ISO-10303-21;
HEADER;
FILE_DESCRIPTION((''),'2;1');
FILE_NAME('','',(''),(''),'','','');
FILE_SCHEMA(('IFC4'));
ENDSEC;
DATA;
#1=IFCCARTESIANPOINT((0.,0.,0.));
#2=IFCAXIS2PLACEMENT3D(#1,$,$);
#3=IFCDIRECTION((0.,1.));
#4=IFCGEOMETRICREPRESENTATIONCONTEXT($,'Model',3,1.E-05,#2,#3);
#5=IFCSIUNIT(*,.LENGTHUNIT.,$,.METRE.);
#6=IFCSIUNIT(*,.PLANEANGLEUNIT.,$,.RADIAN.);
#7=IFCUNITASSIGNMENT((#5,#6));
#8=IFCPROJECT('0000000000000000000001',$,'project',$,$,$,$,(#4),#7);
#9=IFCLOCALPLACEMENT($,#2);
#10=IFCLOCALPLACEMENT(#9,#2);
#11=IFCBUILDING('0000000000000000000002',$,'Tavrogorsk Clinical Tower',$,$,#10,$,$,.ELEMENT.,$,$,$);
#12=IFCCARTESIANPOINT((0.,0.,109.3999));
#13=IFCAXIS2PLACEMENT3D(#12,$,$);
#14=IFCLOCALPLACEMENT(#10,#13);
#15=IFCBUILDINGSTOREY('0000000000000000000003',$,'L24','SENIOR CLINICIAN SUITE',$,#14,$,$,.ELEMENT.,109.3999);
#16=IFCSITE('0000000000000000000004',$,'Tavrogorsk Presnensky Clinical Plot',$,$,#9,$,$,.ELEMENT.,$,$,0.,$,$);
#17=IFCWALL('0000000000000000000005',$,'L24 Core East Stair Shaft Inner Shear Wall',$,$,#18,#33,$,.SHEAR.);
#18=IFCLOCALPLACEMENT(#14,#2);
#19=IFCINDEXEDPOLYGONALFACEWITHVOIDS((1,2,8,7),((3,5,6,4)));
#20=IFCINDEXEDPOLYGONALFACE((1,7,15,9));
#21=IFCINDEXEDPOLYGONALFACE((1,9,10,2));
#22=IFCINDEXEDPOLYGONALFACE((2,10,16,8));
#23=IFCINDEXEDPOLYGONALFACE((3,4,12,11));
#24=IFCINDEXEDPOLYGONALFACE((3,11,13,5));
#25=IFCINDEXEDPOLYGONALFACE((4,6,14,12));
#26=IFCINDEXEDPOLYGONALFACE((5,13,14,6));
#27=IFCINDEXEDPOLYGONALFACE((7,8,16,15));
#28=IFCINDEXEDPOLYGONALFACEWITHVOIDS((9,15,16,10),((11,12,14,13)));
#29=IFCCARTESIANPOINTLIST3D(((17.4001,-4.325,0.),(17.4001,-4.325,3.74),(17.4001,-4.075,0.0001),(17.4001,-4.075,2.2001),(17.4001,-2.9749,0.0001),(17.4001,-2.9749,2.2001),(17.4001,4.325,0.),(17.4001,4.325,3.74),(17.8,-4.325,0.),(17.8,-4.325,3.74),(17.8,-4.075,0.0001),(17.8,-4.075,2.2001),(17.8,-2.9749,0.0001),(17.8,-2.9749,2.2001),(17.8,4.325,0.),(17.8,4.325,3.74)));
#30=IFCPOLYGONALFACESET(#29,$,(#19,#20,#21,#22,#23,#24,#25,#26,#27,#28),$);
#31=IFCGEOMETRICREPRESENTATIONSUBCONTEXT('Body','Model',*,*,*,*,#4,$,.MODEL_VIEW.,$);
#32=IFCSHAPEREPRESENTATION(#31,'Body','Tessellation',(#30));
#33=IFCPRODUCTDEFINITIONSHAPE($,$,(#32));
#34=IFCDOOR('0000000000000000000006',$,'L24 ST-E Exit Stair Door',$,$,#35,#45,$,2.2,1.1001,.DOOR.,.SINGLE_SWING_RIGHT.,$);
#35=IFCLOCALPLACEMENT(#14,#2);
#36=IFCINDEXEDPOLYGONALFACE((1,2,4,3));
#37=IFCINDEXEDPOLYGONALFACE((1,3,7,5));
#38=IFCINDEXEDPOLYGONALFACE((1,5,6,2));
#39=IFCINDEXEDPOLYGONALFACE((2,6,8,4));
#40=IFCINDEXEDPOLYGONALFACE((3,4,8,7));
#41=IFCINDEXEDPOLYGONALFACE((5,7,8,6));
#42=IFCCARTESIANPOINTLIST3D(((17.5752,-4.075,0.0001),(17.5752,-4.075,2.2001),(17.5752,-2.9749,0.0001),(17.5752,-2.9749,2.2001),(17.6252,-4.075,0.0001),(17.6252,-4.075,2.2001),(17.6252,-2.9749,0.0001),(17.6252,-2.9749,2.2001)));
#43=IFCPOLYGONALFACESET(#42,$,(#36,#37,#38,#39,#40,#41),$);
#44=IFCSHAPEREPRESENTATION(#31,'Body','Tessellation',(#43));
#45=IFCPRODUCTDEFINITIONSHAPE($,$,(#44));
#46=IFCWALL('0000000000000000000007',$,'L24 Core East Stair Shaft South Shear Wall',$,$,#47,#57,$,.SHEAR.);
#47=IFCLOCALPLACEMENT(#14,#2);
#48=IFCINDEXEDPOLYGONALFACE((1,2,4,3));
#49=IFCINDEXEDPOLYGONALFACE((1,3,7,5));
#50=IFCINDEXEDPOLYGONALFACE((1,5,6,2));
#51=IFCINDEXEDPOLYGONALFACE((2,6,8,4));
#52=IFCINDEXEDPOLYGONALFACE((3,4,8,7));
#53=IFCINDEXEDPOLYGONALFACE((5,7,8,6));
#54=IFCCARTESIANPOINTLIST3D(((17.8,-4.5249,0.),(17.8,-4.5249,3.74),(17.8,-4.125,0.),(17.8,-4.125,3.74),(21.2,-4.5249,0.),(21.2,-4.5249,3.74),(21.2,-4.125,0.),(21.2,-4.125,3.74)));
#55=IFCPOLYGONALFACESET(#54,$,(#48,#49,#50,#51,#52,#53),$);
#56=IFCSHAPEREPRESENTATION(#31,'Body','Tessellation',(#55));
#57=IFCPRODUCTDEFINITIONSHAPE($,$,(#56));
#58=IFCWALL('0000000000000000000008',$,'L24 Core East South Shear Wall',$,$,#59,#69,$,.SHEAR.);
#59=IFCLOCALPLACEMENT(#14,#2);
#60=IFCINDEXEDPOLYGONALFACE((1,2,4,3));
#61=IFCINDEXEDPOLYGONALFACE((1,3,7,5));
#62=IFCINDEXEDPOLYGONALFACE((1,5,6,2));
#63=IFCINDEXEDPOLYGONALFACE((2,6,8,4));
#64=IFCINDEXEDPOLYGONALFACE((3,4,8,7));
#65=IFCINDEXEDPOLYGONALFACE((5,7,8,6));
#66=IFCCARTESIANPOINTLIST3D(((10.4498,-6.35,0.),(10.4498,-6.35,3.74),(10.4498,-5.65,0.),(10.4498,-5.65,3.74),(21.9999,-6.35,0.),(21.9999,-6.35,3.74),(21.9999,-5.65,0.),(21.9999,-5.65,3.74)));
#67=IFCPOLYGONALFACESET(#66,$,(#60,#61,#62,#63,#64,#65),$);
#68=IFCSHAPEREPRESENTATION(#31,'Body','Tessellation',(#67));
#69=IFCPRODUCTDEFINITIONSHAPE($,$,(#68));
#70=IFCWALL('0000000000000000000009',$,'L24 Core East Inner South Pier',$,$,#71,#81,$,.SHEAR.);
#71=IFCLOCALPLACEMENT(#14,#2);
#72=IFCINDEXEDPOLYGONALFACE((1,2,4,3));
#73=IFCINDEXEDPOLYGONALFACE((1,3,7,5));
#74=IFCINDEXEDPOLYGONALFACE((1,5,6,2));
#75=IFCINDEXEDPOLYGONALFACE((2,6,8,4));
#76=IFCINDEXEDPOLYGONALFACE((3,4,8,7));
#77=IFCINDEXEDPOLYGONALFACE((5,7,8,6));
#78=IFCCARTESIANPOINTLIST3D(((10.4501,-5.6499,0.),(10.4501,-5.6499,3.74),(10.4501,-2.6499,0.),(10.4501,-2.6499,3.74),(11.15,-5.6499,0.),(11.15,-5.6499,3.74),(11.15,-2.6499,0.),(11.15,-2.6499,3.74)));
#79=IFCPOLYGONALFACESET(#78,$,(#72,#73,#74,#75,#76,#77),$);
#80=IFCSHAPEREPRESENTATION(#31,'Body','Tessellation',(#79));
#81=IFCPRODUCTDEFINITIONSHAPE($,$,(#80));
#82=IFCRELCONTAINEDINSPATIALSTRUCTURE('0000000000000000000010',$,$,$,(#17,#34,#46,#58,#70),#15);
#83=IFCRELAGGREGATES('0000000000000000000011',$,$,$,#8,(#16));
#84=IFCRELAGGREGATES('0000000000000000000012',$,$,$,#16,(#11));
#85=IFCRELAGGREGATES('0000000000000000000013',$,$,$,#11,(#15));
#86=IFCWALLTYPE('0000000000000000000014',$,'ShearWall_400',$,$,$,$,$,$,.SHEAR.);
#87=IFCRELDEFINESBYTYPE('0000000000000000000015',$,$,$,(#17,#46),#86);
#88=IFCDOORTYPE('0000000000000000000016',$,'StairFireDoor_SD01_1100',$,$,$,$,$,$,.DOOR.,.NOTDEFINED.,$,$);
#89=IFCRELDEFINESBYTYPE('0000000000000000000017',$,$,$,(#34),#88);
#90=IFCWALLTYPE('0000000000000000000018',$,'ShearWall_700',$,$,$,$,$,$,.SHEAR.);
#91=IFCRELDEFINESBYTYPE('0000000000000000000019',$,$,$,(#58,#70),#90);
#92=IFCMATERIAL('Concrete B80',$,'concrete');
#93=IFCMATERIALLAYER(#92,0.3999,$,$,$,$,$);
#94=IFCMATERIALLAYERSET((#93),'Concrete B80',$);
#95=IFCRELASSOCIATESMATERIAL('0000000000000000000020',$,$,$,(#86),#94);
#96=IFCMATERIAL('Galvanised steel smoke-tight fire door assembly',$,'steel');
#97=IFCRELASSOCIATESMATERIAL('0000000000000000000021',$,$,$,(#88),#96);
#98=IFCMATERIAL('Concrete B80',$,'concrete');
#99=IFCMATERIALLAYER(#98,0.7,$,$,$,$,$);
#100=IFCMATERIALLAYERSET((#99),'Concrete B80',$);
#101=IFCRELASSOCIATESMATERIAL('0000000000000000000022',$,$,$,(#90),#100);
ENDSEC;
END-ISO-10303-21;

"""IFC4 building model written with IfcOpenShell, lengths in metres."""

from ifc_helpers import new_model, si_unit, direction, frame, frame_2d, origin, place, context, subcontext, project, spatial, rectangle, extrude, material, layer, layer_set, type_object, element, fill, save


model = new_model("IFC4")

# Units and contexts
model_context = context("Model", 3, precision=1e-05, world=origin(), true_north=direction((0.0, 1.0)))
body_context = subcontext(model_context, "Body", "Model", "MODEL_VIEW")
ifc_project = project(units=[si_unit("LENGTHUNIT", "METRE"), si_unit("PLANEANGLEUNIT", "RADIAN")], contexts=[model_context])

# Site, building, storey
site_placement = place(None, origin())
site = spatial("IfcSite", under=ifc_project, at=site_placement, Name="Tavrogorsk Presnensky Clinical Plot", CompositionType="ELEMENT", RefElevation=0.0)
building_placement = place(site_placement, origin())
building = spatial("IfcBuilding", under=site, at=building_placement, Name="Tavrogorsk Clinical Tower", CompositionType="ELEMENT")
storey_placement = place(building_placement, frame((0.0, 0.0, 109.3999)))
storey = spatial("IfcBuildingStorey", under=building, at=storey_placement, Name="L24", Description="SENIOR CLINICIAN SUITE", CompositionType="ELEMENT", Elevation=109.3999)

# Wall, opening, door
ifc_material_1 = material(Name="Concrete B80", Category="concrete")
ifc_layer_1 = layer(ifc_material_1, 0.3999)
ifc_layer_set_1 = layer_set([ifc_layer_1], Name="Concrete B80")
wall_type_1 = type_object("IfcWallType", Name="ShearWall_400", PredefinedType="SHEAR", material=ifc_layer_set_1)
wall_1_placement = place(storey_placement, frame((17.6001, -4.325, 0.0), z_axis=(0.0, 0.0, 1.0), x_axis=(0.0, 1.0, 0.0)))
wall_1 = element("IfcWall", 1, at=wall_1_placement, inside=storey, type_object=wall_type_1, Name="L24 Core East Stair Shaft Inner Shear Wall", PredefinedType="SHEAR", context=body_context, shape_type="SweptSolid", body=[
    extrude(rectangle(XDim=8.6499, YDim=0.3999, at=frame_2d((4.325, 0.0))), origin(), (0.0, 0.0, 1.0), 3.74),
])
opening_1_placement = place(wall_1_placement, frame((0.25, 0.0, 0.0)))
opening_1 = element("IfcOpeningElement", 2, at=opening_1_placement, cuts=wall_1, PredefinedType="OPENING", context=body_context, shape_type="SweptSolid", body=[
    extrude(rectangle(XDim=1.1001, YDim=2.2, at=frame_2d((0.55, 1.1001))), frame((0.0, 0.21, 0.0), z_axis=(0.0, -1.0, 0.0), x_axis=(1.0, 0.0, 0.0)), (0.0, 0.0, 1.0), 0.4199),
])
ifc_material_2 = material(Name="Galvanised steel smoke-tight fire door assembly", Category="steel")
door_type_1 = type_object("IfcDoorType", Name="StairFireDoor_SD01_1100", OperationType="NOTDEFINED", PredefinedType="DOOR", material=ifc_material_2)
door_1_placement = place(opening_1_placement, origin())
door_1 = element("IfcDoor", 3, at=door_1_placement, inside=storey, type_object=door_type_1, Name="L24 ST-E Exit Stair Door", OperationType="SINGLE_SWING_RIGHT", OverallHeight=2.2, OverallWidth=1.1001, PredefinedType="DOOR", context=body_context, shape_type="SweptSolid", body=[
    extrude(rectangle(XDim=1.1001, YDim=2.2, at=frame_2d((0.55, 1.1001))), frame((0.0, 0.0249, 0.0), z_axis=(0.0, -1.0, 0.0), x_axis=(1.0, 0.0, 0.0)), (0.0, 0.0, 1.0), 0.05),
])
fill(opening_1, door_1)

# Walls
wall_2_placement = place(storey_placement, frame((17.8, -4.325, 0.0), z_axis=(0.0, 0.0, 1.0), x_axis=(1.0, 0.0, 0.0)))
element("IfcWall", 4, at=wall_2_placement, inside=storey, type_object=wall_type_1, Name="L24 Core East Stair Shaft South Shear Wall", PredefinedType="SHEAR", context=body_context, shape_type="SweptSolid", body=[
    extrude(rectangle(XDim=3.3999, YDim=0.3999, at=frame_2d((1.7, 0.0))), origin(), (0.0, 0.0, 1.0), 3.74),
])
ifc_material_3 = material(Name="Concrete B80", Category="concrete")
ifc_layer_2 = layer(ifc_material_3, 0.7)
ifc_layer_set_2 = layer_set([ifc_layer_2], Name="Concrete B80")
wall_type_2 = type_object("IfcWallType", Name="ShearWall_700", PredefinedType="SHEAR", material=ifc_layer_set_2)
wall_3_placement = place(storey_placement, frame((10.45, -6.0, 0.0), z_axis=(0.0, 0.0, 1.0), x_axis=(1.0, 0.0, 0.0)))
element("IfcWall", 5, at=wall_3_placement, inside=storey, type_object=wall_type_2, Name="L24 Core East South Shear Wall", PredefinedType="SHEAR", context=body_context, shape_type="SweptSolid", body=[
    extrude(rectangle(XDim=11.55, YDim=0.7, at=frame_2d((5.7749, 0.0))), origin(), (0.0, 0.0, 1.0), 3.74),
])
wall_4_placement = place(storey_placement, frame((10.8, -5.6499, 0.0), z_axis=(0.0, 0.0, 1.0), x_axis=(0.0, 1.0, 0.0)))
element("IfcWall", 6, at=wall_4_placement, inside=storey, type_object=wall_type_2, Name="L24 Core East Inner South Pier", PredefinedType="SHEAR", context=body_context, shape_type="SweptSolid", body=[
    extrude(rectangle(XDim=3.0, YDim=0.7, at=frame_2d((1.5, 0.0))), origin(), (0.0, 0.0, 1.0), 3.74),
])

save(model, "model.ifc")
